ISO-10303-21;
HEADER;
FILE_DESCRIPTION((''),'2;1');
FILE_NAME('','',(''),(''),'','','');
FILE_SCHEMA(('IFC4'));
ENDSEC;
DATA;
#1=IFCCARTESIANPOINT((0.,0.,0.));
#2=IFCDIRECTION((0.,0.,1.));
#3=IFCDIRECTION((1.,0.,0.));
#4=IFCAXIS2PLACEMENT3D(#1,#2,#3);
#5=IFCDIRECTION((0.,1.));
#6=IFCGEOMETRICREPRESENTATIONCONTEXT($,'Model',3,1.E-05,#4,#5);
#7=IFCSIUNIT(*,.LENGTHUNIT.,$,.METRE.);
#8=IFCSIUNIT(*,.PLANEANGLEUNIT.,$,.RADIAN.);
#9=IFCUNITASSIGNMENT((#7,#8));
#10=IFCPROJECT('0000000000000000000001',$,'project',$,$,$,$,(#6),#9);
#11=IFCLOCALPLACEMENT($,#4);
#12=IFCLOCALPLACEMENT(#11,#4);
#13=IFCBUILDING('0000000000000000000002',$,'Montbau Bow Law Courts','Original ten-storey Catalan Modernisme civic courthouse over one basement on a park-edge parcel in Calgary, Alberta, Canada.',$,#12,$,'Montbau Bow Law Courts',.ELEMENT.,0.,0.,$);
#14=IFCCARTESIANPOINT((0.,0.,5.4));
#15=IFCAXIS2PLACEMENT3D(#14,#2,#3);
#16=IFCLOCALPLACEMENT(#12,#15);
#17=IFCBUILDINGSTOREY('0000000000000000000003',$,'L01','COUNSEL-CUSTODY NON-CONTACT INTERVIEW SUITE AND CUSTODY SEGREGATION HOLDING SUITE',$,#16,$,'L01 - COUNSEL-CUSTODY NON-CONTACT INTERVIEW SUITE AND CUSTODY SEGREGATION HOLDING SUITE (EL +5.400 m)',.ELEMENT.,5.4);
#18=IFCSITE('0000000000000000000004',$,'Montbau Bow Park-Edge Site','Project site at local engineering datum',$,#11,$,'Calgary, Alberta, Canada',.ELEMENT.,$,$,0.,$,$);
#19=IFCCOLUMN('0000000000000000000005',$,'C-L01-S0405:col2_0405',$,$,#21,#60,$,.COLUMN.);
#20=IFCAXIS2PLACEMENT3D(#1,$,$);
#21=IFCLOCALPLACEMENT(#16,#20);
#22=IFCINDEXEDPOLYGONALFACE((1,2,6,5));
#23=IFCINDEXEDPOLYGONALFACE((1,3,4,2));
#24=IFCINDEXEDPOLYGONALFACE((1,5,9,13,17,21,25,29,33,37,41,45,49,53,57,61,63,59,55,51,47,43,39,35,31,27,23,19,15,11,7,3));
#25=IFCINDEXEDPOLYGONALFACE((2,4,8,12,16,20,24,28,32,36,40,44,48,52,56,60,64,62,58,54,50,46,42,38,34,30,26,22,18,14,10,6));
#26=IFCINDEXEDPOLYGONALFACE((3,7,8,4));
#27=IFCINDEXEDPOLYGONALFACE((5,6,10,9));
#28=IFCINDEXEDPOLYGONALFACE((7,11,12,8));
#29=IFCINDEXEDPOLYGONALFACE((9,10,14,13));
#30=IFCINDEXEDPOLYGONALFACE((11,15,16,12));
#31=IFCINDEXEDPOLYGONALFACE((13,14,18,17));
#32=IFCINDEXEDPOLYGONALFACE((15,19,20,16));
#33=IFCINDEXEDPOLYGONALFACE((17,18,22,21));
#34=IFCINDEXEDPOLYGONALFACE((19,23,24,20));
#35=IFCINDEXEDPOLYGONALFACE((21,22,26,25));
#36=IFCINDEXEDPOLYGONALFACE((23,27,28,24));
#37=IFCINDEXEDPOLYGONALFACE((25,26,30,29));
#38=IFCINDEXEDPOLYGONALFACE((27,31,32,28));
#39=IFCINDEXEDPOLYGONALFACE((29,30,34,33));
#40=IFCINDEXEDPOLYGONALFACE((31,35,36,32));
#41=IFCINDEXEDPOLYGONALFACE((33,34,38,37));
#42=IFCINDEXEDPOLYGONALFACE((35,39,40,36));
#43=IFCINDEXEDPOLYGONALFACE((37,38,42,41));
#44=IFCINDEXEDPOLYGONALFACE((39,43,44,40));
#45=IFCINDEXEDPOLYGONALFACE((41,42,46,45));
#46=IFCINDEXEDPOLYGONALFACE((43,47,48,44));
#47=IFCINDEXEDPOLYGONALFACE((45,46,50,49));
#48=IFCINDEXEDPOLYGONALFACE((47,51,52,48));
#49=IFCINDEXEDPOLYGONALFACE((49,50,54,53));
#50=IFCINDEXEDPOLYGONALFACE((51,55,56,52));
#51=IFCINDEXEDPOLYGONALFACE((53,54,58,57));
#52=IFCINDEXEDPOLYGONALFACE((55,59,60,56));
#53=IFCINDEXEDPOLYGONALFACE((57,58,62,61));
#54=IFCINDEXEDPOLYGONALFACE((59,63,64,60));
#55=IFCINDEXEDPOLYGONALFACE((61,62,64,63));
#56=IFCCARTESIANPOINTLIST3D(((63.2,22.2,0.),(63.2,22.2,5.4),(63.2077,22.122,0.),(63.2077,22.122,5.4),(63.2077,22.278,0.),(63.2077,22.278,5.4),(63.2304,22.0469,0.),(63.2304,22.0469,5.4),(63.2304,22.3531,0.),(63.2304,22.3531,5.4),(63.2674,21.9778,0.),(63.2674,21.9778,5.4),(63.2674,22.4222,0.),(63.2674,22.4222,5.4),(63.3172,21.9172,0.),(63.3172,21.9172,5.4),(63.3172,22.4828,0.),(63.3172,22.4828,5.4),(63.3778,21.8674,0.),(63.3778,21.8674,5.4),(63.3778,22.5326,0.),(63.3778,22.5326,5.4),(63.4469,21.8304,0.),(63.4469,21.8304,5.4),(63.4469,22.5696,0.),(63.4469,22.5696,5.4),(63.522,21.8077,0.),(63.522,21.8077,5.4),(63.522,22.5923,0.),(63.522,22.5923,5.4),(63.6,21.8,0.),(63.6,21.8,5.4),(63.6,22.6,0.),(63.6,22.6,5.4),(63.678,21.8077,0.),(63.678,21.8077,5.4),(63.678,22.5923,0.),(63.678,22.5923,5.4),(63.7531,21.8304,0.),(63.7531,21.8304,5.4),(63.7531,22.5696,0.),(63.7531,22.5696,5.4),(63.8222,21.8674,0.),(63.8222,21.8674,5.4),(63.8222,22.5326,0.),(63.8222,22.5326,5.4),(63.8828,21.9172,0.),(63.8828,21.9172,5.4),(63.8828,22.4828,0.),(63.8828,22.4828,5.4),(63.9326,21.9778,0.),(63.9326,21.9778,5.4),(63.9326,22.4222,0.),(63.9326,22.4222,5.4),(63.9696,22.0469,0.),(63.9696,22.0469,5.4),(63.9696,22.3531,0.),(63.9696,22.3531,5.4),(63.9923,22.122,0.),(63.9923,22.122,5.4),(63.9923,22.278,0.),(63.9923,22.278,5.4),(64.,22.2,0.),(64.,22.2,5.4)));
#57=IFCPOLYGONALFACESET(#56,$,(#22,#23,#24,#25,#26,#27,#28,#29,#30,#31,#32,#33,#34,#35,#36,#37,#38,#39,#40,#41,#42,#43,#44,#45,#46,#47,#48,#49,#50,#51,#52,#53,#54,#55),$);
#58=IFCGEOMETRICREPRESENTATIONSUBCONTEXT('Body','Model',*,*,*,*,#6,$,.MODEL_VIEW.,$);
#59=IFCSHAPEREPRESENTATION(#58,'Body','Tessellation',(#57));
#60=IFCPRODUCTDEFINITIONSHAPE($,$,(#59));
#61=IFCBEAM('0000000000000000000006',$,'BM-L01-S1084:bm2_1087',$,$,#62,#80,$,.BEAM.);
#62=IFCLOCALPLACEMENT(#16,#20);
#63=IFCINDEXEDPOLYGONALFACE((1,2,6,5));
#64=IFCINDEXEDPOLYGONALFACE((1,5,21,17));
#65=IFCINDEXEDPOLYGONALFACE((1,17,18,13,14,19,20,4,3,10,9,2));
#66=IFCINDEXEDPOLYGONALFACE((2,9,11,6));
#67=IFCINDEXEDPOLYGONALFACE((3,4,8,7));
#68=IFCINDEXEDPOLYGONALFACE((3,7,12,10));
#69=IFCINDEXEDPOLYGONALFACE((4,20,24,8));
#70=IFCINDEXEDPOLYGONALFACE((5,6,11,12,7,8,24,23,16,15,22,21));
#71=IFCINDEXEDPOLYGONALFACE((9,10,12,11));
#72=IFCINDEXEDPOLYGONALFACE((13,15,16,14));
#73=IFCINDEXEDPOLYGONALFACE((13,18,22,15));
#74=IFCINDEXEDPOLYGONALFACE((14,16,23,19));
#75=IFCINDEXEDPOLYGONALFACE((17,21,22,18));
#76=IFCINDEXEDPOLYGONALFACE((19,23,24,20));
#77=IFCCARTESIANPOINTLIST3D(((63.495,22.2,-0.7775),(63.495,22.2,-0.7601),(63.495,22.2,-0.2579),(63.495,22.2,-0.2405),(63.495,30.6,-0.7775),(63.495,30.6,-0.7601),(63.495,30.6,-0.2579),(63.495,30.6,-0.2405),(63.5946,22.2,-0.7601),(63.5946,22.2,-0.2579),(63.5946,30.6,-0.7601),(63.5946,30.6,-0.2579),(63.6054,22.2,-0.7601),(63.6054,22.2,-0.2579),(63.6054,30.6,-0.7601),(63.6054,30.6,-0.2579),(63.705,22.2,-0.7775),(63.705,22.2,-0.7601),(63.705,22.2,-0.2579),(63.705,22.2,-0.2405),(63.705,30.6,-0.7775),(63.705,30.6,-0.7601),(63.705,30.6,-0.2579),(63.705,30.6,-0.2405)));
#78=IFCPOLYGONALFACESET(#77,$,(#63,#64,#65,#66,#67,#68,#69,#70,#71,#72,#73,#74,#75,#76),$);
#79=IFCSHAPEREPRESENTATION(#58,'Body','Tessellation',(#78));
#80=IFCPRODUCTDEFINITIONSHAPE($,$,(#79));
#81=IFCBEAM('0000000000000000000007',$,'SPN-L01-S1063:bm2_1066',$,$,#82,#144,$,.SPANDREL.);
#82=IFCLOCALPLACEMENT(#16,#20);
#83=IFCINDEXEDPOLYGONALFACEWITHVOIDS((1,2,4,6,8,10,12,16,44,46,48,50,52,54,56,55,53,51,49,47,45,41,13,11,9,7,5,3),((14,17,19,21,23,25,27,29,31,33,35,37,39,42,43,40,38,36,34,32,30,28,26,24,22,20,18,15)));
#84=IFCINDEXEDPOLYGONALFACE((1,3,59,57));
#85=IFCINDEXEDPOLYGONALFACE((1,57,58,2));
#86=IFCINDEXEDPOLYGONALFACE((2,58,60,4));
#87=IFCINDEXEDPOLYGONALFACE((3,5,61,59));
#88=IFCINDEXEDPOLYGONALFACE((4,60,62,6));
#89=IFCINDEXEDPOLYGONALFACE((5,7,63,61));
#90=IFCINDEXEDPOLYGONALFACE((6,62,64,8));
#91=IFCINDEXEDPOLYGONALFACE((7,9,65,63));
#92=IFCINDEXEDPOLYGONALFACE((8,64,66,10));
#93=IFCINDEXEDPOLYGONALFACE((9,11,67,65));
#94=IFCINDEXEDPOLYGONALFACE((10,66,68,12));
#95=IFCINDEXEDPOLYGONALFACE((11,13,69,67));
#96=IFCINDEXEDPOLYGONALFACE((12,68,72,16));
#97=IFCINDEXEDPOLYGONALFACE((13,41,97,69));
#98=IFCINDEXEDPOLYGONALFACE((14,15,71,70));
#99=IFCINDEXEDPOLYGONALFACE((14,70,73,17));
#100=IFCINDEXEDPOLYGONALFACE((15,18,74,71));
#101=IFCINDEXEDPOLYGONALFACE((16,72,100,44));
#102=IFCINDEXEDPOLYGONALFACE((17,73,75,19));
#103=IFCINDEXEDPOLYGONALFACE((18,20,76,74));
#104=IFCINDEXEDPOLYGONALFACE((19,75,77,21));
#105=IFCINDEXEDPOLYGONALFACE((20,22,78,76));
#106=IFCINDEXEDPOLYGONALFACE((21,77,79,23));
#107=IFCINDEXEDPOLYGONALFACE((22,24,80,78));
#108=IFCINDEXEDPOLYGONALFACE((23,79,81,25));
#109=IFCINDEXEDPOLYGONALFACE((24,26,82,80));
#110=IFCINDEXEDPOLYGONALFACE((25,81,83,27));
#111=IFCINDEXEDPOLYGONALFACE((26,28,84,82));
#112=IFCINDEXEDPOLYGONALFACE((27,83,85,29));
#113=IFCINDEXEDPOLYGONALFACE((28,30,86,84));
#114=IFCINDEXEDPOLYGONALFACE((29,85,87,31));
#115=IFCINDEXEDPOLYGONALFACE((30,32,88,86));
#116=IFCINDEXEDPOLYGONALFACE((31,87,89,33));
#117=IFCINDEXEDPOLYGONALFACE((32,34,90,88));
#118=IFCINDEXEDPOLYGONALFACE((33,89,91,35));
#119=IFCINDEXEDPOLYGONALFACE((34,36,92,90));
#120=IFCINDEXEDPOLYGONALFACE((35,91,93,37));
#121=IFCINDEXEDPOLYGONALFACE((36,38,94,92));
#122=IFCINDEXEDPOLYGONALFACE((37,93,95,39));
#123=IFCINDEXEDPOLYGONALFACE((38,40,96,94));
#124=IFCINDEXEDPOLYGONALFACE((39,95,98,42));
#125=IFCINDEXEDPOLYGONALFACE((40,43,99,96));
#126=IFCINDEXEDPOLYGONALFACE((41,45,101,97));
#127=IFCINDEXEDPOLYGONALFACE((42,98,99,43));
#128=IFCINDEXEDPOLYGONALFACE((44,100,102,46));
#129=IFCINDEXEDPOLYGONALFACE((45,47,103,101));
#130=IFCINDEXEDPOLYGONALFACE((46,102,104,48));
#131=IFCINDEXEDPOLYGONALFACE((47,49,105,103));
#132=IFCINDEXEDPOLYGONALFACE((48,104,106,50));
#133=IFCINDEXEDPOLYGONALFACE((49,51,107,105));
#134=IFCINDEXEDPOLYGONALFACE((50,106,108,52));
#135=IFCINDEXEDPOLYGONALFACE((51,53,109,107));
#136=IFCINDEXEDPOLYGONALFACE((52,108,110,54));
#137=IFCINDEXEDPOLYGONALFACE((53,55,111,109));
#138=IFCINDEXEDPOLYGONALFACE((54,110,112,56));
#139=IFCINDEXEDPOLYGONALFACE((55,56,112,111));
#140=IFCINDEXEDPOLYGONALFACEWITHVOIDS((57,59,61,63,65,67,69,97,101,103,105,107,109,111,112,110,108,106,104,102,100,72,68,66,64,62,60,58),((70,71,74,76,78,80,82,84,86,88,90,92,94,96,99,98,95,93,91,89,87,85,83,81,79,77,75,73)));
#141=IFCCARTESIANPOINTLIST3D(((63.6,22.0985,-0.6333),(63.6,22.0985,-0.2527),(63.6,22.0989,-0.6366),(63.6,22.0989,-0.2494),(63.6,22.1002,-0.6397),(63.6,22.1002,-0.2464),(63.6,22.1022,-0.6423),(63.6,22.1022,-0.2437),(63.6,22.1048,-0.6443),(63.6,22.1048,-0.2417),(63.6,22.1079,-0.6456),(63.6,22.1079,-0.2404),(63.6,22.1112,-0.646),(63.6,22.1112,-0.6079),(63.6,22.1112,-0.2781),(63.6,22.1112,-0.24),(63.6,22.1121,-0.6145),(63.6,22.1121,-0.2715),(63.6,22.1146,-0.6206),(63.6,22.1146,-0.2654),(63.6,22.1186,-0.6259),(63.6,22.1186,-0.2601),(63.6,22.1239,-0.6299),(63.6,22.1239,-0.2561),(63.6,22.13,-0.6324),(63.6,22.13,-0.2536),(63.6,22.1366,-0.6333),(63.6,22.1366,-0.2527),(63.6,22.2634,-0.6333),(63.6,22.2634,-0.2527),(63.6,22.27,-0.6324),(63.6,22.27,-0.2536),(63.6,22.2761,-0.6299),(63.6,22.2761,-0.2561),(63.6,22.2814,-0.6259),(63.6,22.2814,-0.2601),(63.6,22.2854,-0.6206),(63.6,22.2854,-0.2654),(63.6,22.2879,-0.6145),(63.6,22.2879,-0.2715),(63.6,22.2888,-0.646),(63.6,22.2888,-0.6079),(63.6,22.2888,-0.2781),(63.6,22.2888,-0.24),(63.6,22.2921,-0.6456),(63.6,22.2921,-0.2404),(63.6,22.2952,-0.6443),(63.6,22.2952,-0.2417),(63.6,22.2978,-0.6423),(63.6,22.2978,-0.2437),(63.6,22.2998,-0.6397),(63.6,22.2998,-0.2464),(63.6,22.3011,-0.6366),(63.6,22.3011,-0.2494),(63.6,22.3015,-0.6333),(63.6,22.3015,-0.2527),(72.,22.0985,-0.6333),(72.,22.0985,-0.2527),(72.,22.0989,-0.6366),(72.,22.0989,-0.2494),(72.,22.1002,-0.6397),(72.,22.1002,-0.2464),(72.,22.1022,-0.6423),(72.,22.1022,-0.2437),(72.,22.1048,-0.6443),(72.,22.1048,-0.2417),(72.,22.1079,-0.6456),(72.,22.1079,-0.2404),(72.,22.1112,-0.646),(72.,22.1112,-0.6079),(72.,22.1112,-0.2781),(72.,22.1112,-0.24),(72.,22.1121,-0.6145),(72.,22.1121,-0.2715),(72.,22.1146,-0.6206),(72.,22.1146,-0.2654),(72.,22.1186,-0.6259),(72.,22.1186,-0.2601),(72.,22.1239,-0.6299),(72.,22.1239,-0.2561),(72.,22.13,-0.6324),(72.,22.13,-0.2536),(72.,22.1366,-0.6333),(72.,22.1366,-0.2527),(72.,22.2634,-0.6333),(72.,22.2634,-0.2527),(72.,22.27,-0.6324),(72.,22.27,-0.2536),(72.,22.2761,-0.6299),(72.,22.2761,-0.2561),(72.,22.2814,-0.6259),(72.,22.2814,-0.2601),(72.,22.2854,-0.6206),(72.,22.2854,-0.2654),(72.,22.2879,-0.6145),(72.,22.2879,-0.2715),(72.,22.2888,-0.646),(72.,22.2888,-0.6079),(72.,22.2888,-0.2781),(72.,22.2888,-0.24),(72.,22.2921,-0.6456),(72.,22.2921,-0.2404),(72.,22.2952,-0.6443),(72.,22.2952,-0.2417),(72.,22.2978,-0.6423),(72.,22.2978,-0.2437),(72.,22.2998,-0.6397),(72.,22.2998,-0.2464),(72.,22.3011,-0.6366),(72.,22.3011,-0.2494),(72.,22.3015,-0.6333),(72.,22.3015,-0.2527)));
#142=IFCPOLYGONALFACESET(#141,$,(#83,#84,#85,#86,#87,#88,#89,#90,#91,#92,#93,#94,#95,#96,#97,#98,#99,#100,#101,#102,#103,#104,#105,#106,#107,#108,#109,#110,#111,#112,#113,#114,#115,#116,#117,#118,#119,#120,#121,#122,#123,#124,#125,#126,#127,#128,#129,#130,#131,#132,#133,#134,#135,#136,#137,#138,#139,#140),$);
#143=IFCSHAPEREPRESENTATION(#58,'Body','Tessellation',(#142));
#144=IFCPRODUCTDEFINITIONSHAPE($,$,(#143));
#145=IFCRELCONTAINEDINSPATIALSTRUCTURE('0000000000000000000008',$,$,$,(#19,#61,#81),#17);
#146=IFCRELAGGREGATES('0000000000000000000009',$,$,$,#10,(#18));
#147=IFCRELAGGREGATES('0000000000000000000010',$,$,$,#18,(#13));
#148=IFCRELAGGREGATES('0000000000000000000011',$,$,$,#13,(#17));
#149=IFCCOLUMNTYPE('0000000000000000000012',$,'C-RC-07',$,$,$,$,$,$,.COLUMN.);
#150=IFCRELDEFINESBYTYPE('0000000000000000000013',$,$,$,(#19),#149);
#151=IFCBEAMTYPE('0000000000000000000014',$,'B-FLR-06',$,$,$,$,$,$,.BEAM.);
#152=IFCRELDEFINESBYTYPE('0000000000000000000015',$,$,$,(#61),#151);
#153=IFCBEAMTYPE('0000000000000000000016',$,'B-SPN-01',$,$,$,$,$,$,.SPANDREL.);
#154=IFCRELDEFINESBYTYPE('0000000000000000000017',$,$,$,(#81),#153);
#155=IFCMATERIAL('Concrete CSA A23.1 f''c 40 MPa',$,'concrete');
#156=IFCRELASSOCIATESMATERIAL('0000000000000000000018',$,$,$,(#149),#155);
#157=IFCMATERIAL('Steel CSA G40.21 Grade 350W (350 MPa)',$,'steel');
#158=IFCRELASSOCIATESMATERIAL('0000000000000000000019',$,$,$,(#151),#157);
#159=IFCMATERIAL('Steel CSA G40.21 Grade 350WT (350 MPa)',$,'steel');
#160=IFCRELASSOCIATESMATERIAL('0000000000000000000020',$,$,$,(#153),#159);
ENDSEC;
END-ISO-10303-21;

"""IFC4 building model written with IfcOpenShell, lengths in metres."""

from ifc_helpers import new_model, si_unit, direction, frame, origin_with_axes, origin_2d_with_axis, place, context, subcontext, project, spatial, hollow_rectangle, circle, i_section, extrude, material, material_profile, profile_set, type_object, element, save


model = new_model("IFC4")

# Units and contexts
model_context = context("Model", 3, precision=1e-05, world=origin_with_axes(), true_north=direction((0.0, 1.0)))
body_context = subcontext(model_context, "Body", "Model", "MODEL_VIEW")
ifc_project = project(units=[si_unit("LENGTHUNIT", "METRE"), si_unit("PLANEANGLEUNIT", "RADIAN")], contexts=[model_context])

# Site, building, storey
site_placement = place(None, origin_with_axes())
site = spatial("IfcSite", under=ifc_project, at=site_placement, Name="Montbau Bow Park-Edge Site", Description="Project site at local engineering datum", LongName="Calgary, Alberta, Canada", CompositionType="ELEMENT", RefElevation=0.0)
building_placement = place(site_placement, origin_with_axes())
building = spatial("IfcBuilding", under=site, at=building_placement, Name="Montbau Bow Law Courts", Description="Original ten-storey Catalan Modernisme civic courthouse over one basement on a park-edge parcel in Calgary, Alberta, Canada.", LongName="Montbau Bow Law Courts", CompositionType="ELEMENT", ElevationOfRefHeight=0.0, ElevationOfTerrain=0.0)
storey_placement = place(building_placement, frame((0.0, 0.0, 5.4), z_axis=(0.0, 0.0, 1.0), x_axis=(1.0, 0.0, 0.0)))
storey = spatial("IfcBuildingStorey", under=building, at=storey_placement, Name="L01", Description="COUNSEL-CUSTODY NON-CONTACT INTERVIEW SUITE AND CUSTODY SEGREGATION HOLDING SUITE", LongName="L01 - COUNSEL-CUSTODY NON-CONTACT INTERVIEW SUITE AND CUSTODY SEGREGATION HOLDING SUITE (EL +5.400 m)", CompositionType="ELEMENT", Elevation=5.4)

# Column
ifc_material_1 = material(Name="Concrete CSA A23.1 f'c 40 MPa", Category="concrete")
ifc_material_profile_1 = material_profile(ifc_material_1, circle(Radius=0.4, at=origin_2d_with_axis()), Name="RC800D", Category="Main", Priority=0)
ifc_profile_set_1 = profile_set([ifc_material_profile_1], Name="Concrete CSA A23.1 f'c 40 MPa")
column_type = type_object("IfcColumnType", Name="C-RC-07", PredefinedType="COLUMN", material=ifc_profile_set_1)
column_placement = place(None, frame((63.6, 22.2, 5.4), z_axis=(0.0, 0.0, 1.0), x_axis=(1.0, 0.0, 0.0)))
element("IfcColumn", 1, at=column_placement, inside=storey, type_object=column_type, Name="C-L01-S0405:col2_0405", PredefinedType="COLUMN", context=body_context, shape_type="SweptSolid", body=[
    extrude(circle(Radius=0.4, at=origin_2d_with_axis()), origin_with_axes(), (0.0, 0.0, 1.0), 5.4),
])

# Beams
ifc_material_2 = material(Name="Steel CSA G40.21 Grade 350W (350 MPa)", Category="steel")
ifc_material_profile_2 = material_profile(ifc_material_2, i_section(OverallWidth=0.21, OverallDepth=0.537, WebThickness=0.0109, FlangeThickness=0.0174, at=origin_2d_with_axis()), Name="W530X101", Category="Main", Priority=0)
ifc_profile_set_2 = profile_set([ifc_material_profile_2], Name="Steel CSA G40.21 Grade 350W (350 MPa)")
beam_type_1 = type_object("IfcBeamType", Name="B-FLR-06", PredefinedType="BEAM", material=ifc_profile_set_2)
beam_1_placement = place(None, frame((63.6, 22.2, 4.891), z_axis=(0.0, 1.0, 0.0), x_axis=(-1.0, 0.0, 0.0)))
element("IfcBeam", 2, at=beam_1_placement, inside=storey, type_object=beam_type_1, Name="BM-L01-S1084:bm2_1087", PredefinedType="BEAM", context=body_context, shape_type="SweptSolid", body=[
    extrude(i_section(OverallWidth=0.21, OverallDepth=0.537, WebThickness=0.0109, FlangeThickness=0.0174, at=origin_2d_with_axis()), origin_with_axes(), (0.0, 0.0, 1.0), 8.4),
])
ifc_material_3 = material(Name="Steel CSA G40.21 Grade 350WT (350 MPa)", Category="steel")
ifc_material_profile_3 = material_profile(ifc_material_3, hollow_rectangle(XDim=0.203, YDim=0.406, WallThickness=0.0127, InnerFilletRadius=0.0254, OuterFilletRadius=0.0127, at=origin_2d_with_axis()), Name="HSS406X203X13", Category="Main", Priority=0)
ifc_profile_set_3 = profile_set([ifc_material_profile_3], Name="Steel CSA G40.21 Grade 350WT (350 MPa)")
beam_type_2 = type_object("IfcBeamType", Name="B-SPN-01", PredefinedType="SPANDREL", material=ifc_profile_set_3)
beam_2_placement = place(None, frame((63.6, 22.2, 4.957), z_axis=(1.0, 0.0, 0.0), x_axis=(0.0, 1.0, 0.0)))
element("IfcBeam", 3, at=beam_2_placement, inside=storey, type_object=beam_type_2, Name="SPN-L01-S1063:bm2_1066", PredefinedType="SPANDREL", context=body_context, shape_type="SweptSolid", body=[
    extrude(hollow_rectangle(XDim=0.203, YDim=0.406, WallThickness=0.0127, InnerFilletRadius=0.0254, OuterFilletRadius=0.0127, at=origin_2d_with_axis()), origin_with_axes(), (0.0, 0.0, 1.0), 8.4),
])

save(model, "model.ifc")
